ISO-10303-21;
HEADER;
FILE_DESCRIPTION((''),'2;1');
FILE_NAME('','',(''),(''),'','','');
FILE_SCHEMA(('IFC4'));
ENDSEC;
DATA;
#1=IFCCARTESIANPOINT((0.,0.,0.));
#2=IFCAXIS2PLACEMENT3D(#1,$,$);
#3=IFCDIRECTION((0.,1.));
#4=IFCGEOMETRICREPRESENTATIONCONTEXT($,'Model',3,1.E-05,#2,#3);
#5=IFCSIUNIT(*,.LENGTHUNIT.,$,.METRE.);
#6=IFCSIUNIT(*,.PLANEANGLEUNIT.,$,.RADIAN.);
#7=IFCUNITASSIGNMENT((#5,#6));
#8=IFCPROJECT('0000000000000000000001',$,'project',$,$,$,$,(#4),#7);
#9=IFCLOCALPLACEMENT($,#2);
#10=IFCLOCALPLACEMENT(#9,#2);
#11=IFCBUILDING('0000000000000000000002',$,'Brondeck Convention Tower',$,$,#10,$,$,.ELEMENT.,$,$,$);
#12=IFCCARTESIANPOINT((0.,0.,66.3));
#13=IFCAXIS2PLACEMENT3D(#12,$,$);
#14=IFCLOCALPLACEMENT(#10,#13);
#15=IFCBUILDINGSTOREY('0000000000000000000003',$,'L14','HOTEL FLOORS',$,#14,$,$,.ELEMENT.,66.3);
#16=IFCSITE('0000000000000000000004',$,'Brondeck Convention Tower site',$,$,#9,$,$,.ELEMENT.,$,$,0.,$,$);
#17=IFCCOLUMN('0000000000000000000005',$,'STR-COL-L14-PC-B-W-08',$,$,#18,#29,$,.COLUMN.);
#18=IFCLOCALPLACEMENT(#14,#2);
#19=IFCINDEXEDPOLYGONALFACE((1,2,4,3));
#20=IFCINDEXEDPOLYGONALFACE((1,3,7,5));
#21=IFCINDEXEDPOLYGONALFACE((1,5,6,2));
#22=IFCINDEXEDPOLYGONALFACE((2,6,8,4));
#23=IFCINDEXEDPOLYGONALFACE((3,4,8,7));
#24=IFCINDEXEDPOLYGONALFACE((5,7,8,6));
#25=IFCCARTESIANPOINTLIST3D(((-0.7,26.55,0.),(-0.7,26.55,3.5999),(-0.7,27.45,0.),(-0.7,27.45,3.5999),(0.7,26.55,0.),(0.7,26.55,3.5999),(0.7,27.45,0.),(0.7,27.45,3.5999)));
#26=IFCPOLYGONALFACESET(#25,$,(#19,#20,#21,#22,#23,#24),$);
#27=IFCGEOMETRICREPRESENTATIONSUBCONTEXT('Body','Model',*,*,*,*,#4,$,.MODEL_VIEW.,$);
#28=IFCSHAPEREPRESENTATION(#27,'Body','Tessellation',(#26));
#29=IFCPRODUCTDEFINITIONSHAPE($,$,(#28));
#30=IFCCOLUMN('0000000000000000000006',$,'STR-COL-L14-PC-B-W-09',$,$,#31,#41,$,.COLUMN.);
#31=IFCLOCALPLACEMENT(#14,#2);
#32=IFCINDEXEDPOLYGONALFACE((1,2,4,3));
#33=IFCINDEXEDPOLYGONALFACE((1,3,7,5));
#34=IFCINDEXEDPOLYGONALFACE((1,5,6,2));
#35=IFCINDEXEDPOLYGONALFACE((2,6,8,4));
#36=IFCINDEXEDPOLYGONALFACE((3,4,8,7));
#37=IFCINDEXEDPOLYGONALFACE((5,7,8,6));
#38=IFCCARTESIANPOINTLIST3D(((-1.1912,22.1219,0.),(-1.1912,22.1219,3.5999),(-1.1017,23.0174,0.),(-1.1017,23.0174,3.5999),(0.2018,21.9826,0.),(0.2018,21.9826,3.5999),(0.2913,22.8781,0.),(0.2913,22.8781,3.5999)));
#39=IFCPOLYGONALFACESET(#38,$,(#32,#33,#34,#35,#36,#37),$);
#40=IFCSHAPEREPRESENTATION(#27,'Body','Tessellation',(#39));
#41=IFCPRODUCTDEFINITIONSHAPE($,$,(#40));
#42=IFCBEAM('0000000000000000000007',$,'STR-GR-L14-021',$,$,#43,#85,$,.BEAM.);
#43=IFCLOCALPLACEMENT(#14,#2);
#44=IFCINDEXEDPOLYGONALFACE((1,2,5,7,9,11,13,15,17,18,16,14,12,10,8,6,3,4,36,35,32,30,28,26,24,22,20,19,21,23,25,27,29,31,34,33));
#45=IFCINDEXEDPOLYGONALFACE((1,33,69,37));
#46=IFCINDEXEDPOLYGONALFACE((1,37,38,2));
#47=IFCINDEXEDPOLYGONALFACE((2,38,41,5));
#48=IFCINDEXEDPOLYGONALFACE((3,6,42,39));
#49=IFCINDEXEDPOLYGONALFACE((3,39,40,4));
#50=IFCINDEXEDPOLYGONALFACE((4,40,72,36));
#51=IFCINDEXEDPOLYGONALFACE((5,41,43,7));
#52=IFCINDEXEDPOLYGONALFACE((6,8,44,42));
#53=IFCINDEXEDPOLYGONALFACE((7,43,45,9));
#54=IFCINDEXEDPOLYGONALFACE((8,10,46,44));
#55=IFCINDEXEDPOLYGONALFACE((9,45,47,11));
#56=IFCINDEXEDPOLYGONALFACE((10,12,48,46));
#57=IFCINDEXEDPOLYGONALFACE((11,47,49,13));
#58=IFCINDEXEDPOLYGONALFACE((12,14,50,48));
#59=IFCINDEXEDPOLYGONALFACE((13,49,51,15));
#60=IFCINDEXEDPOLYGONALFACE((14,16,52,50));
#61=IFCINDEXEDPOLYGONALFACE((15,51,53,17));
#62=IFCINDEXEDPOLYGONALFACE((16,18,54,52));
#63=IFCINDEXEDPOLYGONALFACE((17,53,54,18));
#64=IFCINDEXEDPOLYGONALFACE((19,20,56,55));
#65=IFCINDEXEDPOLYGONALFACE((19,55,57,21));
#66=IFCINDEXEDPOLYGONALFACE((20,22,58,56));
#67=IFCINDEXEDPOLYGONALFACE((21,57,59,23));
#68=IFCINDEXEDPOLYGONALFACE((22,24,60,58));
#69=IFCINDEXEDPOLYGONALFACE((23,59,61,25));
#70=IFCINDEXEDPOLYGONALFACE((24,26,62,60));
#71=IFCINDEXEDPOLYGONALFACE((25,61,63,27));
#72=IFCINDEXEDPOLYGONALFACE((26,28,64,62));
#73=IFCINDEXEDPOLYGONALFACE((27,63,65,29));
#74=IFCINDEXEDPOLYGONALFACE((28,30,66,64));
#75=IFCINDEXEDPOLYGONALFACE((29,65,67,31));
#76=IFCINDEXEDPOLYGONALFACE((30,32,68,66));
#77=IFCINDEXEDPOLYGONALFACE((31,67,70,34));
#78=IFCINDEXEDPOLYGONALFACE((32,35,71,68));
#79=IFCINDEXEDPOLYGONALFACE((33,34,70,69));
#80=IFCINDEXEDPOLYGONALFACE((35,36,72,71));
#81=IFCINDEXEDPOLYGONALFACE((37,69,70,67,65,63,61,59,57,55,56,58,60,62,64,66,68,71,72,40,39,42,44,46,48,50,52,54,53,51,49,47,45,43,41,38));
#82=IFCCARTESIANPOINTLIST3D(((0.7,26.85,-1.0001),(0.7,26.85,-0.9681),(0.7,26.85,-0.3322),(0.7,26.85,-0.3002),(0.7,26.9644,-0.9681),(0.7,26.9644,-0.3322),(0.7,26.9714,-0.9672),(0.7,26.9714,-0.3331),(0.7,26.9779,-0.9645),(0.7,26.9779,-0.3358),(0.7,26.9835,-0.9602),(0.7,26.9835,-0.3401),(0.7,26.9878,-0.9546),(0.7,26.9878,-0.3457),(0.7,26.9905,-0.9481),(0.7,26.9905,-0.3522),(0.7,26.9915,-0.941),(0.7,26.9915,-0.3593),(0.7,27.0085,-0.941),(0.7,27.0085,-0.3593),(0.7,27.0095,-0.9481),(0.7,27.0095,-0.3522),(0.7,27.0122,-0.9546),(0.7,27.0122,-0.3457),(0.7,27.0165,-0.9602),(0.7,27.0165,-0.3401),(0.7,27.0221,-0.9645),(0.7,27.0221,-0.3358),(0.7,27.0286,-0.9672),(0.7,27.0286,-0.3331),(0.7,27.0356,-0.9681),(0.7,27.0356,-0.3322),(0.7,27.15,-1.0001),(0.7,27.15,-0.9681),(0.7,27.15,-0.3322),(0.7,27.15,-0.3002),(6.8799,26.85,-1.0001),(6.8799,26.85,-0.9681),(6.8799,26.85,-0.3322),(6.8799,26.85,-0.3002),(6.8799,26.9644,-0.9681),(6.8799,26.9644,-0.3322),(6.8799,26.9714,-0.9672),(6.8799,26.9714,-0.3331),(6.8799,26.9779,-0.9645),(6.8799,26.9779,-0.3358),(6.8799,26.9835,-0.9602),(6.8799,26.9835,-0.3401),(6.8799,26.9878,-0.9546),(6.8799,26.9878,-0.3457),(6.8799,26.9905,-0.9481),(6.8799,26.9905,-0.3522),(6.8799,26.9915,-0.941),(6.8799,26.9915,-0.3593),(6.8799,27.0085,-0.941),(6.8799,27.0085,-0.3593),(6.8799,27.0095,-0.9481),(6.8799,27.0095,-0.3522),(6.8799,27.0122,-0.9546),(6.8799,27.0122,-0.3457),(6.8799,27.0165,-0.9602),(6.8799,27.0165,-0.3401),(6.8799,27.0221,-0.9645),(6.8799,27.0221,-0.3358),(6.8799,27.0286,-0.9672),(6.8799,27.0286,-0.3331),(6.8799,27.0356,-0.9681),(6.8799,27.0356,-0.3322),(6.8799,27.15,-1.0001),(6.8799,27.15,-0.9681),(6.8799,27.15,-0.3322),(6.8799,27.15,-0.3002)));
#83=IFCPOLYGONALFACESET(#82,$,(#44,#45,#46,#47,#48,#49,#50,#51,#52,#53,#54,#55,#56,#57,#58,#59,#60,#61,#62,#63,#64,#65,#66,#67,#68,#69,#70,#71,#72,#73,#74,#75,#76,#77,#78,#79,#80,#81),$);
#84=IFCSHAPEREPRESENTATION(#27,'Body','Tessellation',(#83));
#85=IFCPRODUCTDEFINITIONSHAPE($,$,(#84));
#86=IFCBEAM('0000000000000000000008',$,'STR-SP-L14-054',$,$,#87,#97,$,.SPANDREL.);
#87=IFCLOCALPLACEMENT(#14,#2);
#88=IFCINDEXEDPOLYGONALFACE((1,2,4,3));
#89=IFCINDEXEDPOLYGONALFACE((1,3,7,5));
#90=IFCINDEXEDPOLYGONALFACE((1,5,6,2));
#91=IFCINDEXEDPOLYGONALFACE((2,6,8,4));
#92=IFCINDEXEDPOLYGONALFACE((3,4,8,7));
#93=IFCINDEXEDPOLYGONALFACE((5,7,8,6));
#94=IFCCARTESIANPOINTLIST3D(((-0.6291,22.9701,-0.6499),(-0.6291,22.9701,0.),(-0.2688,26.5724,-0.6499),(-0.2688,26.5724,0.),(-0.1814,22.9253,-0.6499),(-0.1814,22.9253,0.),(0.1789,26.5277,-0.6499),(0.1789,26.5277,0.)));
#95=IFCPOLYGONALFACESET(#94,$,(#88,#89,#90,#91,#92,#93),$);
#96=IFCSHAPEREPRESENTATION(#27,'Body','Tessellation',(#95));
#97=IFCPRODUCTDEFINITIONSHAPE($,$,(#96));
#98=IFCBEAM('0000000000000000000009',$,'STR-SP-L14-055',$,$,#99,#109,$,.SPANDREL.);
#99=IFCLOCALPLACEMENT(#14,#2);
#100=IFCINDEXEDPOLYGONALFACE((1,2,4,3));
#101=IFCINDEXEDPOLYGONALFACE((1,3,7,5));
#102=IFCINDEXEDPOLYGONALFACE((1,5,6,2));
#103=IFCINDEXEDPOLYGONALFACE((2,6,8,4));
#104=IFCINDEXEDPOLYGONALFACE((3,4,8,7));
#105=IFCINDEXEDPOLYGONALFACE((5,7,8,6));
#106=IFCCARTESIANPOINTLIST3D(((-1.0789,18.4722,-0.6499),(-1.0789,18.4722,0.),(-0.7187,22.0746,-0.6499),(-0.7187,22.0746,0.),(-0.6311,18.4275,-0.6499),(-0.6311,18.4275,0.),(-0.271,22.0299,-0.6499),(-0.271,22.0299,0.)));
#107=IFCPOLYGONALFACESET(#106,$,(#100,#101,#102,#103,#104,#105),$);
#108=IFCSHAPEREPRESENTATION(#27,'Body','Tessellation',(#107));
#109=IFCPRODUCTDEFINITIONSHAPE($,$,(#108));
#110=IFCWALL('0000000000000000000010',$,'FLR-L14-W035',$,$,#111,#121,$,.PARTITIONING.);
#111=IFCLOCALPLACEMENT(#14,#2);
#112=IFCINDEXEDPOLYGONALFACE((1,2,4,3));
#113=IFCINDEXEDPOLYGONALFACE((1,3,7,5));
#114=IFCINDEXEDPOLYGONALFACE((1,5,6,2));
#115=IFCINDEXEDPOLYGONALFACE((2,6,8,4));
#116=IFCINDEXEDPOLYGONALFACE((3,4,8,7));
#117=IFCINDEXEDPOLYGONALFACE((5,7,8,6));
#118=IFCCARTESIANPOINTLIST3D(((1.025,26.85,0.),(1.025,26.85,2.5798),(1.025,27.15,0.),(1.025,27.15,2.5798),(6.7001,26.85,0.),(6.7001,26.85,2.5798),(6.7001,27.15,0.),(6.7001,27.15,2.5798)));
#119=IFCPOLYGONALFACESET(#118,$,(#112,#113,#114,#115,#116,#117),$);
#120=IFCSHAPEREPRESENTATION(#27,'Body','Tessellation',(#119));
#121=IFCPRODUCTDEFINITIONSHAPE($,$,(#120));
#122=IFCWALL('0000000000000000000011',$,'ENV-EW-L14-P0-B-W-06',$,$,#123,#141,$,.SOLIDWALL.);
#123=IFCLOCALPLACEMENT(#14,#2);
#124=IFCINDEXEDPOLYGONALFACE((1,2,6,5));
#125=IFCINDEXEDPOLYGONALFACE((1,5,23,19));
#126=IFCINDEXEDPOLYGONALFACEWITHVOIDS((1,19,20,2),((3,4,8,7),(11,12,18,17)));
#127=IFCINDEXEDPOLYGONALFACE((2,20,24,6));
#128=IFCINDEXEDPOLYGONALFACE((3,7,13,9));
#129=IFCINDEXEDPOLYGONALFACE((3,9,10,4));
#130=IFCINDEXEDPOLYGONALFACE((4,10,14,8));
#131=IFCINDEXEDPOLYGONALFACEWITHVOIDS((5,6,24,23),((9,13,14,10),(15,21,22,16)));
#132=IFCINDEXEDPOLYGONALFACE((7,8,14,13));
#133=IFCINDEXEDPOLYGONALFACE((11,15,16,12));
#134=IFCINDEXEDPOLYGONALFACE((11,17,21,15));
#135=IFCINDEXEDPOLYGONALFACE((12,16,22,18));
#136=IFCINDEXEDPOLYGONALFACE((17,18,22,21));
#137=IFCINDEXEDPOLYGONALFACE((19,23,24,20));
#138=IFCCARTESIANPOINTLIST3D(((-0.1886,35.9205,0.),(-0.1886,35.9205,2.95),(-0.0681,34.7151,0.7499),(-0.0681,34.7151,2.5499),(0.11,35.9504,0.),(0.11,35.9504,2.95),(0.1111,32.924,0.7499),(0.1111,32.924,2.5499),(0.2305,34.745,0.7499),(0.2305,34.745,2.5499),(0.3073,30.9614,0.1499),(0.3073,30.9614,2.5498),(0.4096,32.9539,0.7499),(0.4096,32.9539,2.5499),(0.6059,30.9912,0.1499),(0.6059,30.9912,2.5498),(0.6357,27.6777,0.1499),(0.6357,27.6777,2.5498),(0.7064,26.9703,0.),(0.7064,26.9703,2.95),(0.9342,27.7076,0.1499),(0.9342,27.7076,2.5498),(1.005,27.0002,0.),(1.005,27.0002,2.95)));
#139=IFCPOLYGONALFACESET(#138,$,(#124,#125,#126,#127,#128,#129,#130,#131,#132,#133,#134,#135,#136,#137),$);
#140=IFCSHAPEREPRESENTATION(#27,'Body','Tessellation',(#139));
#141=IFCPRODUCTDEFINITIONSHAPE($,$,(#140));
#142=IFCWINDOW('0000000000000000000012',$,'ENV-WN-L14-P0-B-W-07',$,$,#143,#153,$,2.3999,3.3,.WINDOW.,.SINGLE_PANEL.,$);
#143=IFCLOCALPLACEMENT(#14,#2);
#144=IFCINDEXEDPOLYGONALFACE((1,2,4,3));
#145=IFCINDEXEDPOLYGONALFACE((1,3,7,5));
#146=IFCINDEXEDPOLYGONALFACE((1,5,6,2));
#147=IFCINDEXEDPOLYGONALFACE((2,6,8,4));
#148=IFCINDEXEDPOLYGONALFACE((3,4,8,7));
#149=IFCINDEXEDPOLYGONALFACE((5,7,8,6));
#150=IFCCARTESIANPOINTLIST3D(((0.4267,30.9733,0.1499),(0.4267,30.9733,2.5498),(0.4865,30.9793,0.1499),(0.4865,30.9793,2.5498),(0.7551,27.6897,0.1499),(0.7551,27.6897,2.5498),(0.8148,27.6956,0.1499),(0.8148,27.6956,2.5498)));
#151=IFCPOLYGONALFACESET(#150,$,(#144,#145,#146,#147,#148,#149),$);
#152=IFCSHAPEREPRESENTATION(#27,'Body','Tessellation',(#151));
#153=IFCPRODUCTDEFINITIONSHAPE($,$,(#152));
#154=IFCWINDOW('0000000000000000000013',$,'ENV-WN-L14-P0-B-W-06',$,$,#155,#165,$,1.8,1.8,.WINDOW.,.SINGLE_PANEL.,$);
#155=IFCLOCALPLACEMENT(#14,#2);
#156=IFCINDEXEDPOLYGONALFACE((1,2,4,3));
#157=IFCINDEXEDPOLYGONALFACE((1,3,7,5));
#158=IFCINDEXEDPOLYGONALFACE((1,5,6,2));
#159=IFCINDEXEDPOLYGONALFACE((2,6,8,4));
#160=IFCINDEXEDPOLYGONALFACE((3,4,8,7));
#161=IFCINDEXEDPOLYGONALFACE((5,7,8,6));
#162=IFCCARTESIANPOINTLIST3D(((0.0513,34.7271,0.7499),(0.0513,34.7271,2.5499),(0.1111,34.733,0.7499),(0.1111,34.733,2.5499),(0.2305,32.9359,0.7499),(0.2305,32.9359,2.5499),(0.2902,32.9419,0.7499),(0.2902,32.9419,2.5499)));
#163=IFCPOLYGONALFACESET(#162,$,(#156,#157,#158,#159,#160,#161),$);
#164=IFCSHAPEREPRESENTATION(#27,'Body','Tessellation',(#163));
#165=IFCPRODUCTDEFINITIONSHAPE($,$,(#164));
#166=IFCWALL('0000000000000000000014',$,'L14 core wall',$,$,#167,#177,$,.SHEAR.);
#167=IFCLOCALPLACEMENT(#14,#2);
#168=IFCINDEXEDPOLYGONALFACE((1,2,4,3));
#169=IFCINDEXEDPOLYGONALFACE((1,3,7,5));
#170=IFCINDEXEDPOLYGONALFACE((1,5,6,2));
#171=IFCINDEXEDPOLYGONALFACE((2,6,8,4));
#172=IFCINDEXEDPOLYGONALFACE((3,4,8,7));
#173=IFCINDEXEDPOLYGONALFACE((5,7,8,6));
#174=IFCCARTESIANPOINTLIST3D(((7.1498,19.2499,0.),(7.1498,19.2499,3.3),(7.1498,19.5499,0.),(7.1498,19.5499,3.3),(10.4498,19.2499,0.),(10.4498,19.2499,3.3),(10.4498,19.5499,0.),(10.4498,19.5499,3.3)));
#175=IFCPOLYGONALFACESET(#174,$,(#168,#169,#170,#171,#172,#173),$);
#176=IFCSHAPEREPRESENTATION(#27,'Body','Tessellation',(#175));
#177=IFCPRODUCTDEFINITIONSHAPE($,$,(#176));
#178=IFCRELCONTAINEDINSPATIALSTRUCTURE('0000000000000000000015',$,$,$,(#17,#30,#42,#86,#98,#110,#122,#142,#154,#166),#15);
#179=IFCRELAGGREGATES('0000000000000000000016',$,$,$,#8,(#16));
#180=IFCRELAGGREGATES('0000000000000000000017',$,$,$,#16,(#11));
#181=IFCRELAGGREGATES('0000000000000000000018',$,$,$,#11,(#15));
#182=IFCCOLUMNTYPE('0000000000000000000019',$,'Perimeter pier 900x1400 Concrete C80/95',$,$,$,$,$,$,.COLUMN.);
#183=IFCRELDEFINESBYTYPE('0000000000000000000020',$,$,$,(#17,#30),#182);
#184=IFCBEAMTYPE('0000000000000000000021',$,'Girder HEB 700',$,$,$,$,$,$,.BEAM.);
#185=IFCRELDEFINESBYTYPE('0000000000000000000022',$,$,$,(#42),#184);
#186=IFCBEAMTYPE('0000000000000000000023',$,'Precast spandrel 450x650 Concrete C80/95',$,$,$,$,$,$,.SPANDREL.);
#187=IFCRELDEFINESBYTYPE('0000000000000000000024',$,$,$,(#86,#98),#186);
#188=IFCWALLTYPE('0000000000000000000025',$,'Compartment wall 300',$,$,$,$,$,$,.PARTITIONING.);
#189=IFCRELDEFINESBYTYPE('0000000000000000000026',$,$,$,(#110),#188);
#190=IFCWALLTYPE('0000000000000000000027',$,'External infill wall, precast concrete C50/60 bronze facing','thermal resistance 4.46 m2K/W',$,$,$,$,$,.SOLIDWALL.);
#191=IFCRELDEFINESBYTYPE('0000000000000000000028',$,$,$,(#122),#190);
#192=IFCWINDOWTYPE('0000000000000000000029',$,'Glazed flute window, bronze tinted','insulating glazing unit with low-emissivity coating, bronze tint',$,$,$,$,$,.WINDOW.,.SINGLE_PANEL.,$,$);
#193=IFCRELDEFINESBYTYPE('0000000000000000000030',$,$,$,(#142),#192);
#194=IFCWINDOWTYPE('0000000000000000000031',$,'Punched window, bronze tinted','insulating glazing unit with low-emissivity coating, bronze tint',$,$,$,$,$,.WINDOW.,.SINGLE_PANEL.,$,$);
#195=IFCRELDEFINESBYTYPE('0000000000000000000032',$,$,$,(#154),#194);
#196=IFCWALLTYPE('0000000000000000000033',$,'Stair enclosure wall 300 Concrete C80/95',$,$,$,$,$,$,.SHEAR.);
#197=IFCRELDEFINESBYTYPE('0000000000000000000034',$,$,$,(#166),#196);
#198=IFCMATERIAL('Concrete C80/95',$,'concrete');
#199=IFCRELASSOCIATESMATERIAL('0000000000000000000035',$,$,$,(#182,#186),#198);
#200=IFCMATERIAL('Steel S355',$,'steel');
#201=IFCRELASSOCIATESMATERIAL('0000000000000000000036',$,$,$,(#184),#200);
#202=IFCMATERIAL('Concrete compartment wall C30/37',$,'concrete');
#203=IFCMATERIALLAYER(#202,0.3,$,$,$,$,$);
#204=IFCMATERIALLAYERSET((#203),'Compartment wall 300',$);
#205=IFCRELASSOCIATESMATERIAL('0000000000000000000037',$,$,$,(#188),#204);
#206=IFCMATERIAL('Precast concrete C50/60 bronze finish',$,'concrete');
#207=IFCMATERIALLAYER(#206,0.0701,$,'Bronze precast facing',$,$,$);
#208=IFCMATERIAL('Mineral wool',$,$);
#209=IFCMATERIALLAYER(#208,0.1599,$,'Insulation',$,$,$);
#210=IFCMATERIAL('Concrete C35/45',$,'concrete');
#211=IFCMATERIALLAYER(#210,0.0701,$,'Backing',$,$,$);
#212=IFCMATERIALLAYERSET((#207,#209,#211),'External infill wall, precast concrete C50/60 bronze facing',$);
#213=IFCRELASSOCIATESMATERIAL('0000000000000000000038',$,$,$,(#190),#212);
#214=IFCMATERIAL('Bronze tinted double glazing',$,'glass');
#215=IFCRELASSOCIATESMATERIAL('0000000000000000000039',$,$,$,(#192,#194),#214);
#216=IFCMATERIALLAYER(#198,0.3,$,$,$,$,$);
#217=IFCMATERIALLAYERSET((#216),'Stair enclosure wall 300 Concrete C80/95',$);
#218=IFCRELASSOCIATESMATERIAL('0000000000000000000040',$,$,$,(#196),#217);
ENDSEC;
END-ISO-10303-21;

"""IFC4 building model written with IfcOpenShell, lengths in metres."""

from ifc_helpers import new_model, si_unit, direction, frame, frame_2d, origin, origin_2d, place, context, subcontext, project, spatial, rectangle, i_section, extrude, material, layer, layer_set, material_profile, profile_set, type_object, element, fill, save


model = new_model("IFC4")

# Units and contexts
model_context = context("Model", 3, precision=1e-05, world=origin(), true_north=direction((0.0, 1.0)))
body_context = subcontext(model_context, "Body", "Model", "MODEL_VIEW")
ifc_project = project(units=[si_unit("LENGTHUNIT", "METRE"), si_unit("PLANEANGLEUNIT", "RADIAN")], contexts=[model_context])

# Site, building, storey
site_placement = place(None, origin())
site = spatial("IfcSite", under=ifc_project, at=site_placement, Name="Brondeck Convention Tower site", CompositionType="ELEMENT", RefElevation=0.0)
building_placement = place(site_placement, origin())
building = spatial("IfcBuilding", under=site, at=building_placement, Name="Brondeck Convention Tower", CompositionType="ELEMENT")
storey_placement = place(building_placement, frame((0.0, 0.0, 66.3)))
storey = spatial("IfcBuildingStorey", under=building, at=storey_placement, Name="L14", Description="HOTEL FLOORS", CompositionType="ELEMENT", Elevation=66.3)

# Columns
ifc_material_1 = material(Name="Concrete C80/95", Category="concrete")
ifc_material_profile_1 = material_profile(ifc_material_1, rectangle(XDim=0.8999, YDim=1.3999, at=origin_2d()), Name="Perimeter pier 900x1400 Concrete C80/95")
ifc_profile_set_1 = profile_set([ifc_material_profile_1], Name="Concrete C80/95")
column_type = type_object("IfcColumnType", Name="Perimeter pier 900x1400 Concrete C80/95", PredefinedType="COLUMN", material=ifc_profile_set_1)
for number, where, z_axis, x_axis, name in (
    (1, (0.0, 27.0, 0.0), (0.0, 0.0, 1.0), (0.0, -1.0, 0.0), "STR-COL-L14-PC-B-W-08"),
    (2, (-0.45, 22.5, 0.0), (0.0, 0.0, 1.0), (-0.099504, -0.995037, 0.0), "STR-COL-L14-PC-B-W-09"),
):
    element("IfcColumn", number, at=place(storey_placement, frame(where, z_axis=z_axis, x_axis=x_axis)), inside=storey, type_object=column_type, Name=name, PredefinedType="COLUMN", context=body_context, shape_type="SweptSolid", body=[
        extrude(rectangle(XDim=0.8999, YDim=1.3999, at=origin_2d()), origin(), (0.0, 0.0, 1.0), 3.5999),
    ])

# Beams
ifc_material_2 = material(Name="Steel S355", Category="steel")
ifc_material_profile_2 = material_profile(ifc_material_2, i_section(OverallWidth=0.3, OverallDepth=0.7, WebThickness=0.0171, FlangeThickness=0.032, FilletRadius=0.0271, at=origin_2d()), Name="HEB 700")
ifc_profile_set_2 = profile_set([ifc_material_profile_2], Name="Steel S355")
beam_type_1 = type_object("IfcBeamType", Name="Girder HEB 700", PredefinedType="BEAM", material=ifc_profile_set_2)
beam_placement = place(storey_placement, frame((0.7, 27.0, -0.6501), z_axis=(1.0, 0.0, 0.0), x_axis=(0.0, 1.0, 0.0)))
element("IfcBeam", 3, at=beam_placement, inside=storey, type_object=beam_type_1, Name="STR-GR-L14-021", PredefinedType="BEAM", context=body_context, shape_type="SweptSolid", body=[
    extrude(i_section(OverallWidth=0.3, OverallDepth=0.7, WebThickness=0.0171, FlangeThickness=0.032, FilletRadius=0.0271, at=origin_2d()), origin(), (0.0, 0.0, 1.0), 6.1799),
])
ifc_material_profile_3 = material_profile(ifc_material_1, rectangle(XDim=0.45, YDim=0.6499, at=origin_2d()), Name="Precast spandrel 450x650 Concrete C80/95")
ifc_profile_set_3 = profile_set([ifc_material_profile_3], Name="Concrete C80/95")
beam_type_2 = type_object("IfcBeamType", Name="Precast spandrel 450x650 Concrete C80/95", PredefinedType="SPANDREL", material=ifc_profile_set_3)
for number, where, z_axis, x_axis, name in (
    (4, (-0.0449, 26.55, -0.325), (-0.099537, -0.995034, 0.0), (0.995034, -0.099537, 0.0), "STR-SP-L14-054"),
    (5, (-0.4949, 22.0522, -0.325), (-0.09947, -0.995041, 0.0), (0.995041, -0.09947, 0.0), "STR-SP-L14-055"),
):
    element("IfcBeam", number, at=place(storey_placement, frame(where, z_axis=z_axis, x_axis=x_axis)), inside=storey, type_object=beam_type_2, Name=name, PredefinedType="SPANDREL", context=body_context, shape_type="SweptSolid", body=[
        extrude(rectangle(XDim=0.45, YDim=0.6499, at=origin_2d()), origin(), (0.0, 0.0, 1.0), 3.6204),
    ])

# Wall
ifc_material_3 = material(Name="Concrete compartment wall C30/37", Category="concrete")
ifc_layer_1 = layer(ifc_material_3, 0.3)
ifc_layer_set_1 = layer_set([ifc_layer_1], Name="Compartment wall 300")
wall_type_1 = type_object("IfcWallType", Name="Compartment wall 300", PredefinedType="PARTITIONING", material=ifc_layer_set_1)
wall_1_placement = place(storey_placement, frame((6.7, 27.0, 0.0), z_axis=(0.0, 0.0, 1.0), x_axis=(-1.0, 0.0, 0.0)))
element("IfcWall", 6, at=wall_1_placement, inside=storey, type_object=wall_type_1, Name="FLR-L14-W035", PredefinedType="PARTITIONING", context=body_context, shape_type="SweptSolid", body=[
    extrude(rectangle(XDim=5.675, YDim=0.3, at=frame_2d((2.8374, 0.0))), origin(), (0.0, 0.0, 1.0), 2.5798),
])

# Wall, openings, windows
ifc_material_4 = material(Name="Precast concrete C50/60 bronze finish", Category="concrete")
ifc_layer_2 = layer(ifc_material_4, 0.0701, Name="Bronze precast facing")
ifc_material_5 = material(Name="Mineral wool")
ifc_layer_3 = layer(ifc_material_5, 0.1599, Name="Insulation")
ifc_material_6 = material(Name="Concrete C35/45", Category="concrete")
ifc_layer_4 = layer(ifc_material_6, 0.0701, Name="Backing")
ifc_layer_set_2 = layer_set([ifc_layer_2, ifc_layer_3, ifc_layer_4], Name="External infill wall, precast concrete C50/60 bronze facing")
wall_type_2 = type_object("IfcWallType", Name="External infill wall, precast concrete C50/60 bronze facing", Description="thermal resistance 4.46 m2K/W", PredefinedType="SOLIDWALL", material=ifc_layer_set_2)
wall_2_placement = place(storey_placement, frame((0.8557, 26.9851, 0.0), z_axis=(0.0, 0.0, 1.0), x_axis=(-0.099504, 0.995037, 0.0)))
wall_2 = element("IfcWall", 7, at=wall_2_placement, inside=storey, type_object=wall_type_2, Name="ENV-EW-L14-P0-B-W-06", PredefinedType="SOLIDWALL", context=body_context, shape_type="SweptSolid", body=[
    extrude(rectangle(XDim=8.9949, YDim=0.3, at=frame_2d((4.4976, 0.0))), origin(), (0.0, 0.0, 1.0), 2.95),
])
opening_1_placement = place(wall_2_placement, frame((0.7112, 0.0, 0.1499)))
opening_1 = element("IfcOpeningElement", 8, at=opening_1_placement, cuts=wall_2, PredefinedType="OPENING", context=body_context, shape_type="SweptSolid", body=[
    extrude(rectangle(XDim=3.3, YDim=2.3999, at=frame_2d((1.6499, 1.2))), frame((0.0, 0.1599, 0.0), z_axis=(0.0, -1.0, 0.0), x_axis=(1.0, 0.0, 0.0)), (0.0, 0.0, 1.0), 0.3201),
])
opening_2_placement = place(wall_2_placement, frame((5.9836, 0.0, 0.75)))
opening_2 = element("IfcOpeningElement", 9, at=opening_2_placement, cuts=wall_2, PredefinedType="OPENING", context=body_context, shape_type="SweptSolid", body=[
    extrude(rectangle(XDim=1.8, YDim=1.8, at=frame_2d((0.8999, 0.8999))), frame((0.0, 0.1599, 0.0), z_axis=(0.0, -1.0, 0.0), x_axis=(1.0, 0.0, 0.0)), (0.0, 0.0, 1.0), 0.3201),
])
ifc_material_7 = material(Name="Bronze tinted double glazing", Category="glass")
window_type_1 = type_object("IfcWindowType", Name="Glazed flute window, bronze tinted", Description="insulating glazing unit with low-emissivity coating, bronze tint", PartitioningType="SINGLE_PANEL", PredefinedType="WINDOW", material=ifc_material_7)
window_1_placement = place(opening_1_placement, origin())
window_1 = element("IfcWindow", 10, at=window_1_placement, inside=storey, type_object=window_type_1, Name="ENV-WN-L14-P0-B-W-07", OverallHeight=2.3999, OverallWidth=3.3, PartitioningType="SINGLE_PANEL", PredefinedType="WINDOW", context=body_context, shape_type="SweptSolid", body=[
    extrude(rectangle(XDim=3.3, YDim=2.3999, at=frame_2d((1.6499, 1.2))), frame((0.0, 0.03, 0.0), z_axis=(0.0, -1.0, 0.0), x_axis=(1.0, 0.0, 0.0)), (0.0, 0.0, 1.0), 0.0601),
])
fill(opening_1, window_1)
window_type_2 = type_object("IfcWindowType", Name="Punched window, bronze tinted", Description="insulating glazing unit with low-emissivity coating, bronze tint", PartitioningType="SINGLE_PANEL", PredefinedType="WINDOW", material=ifc_material_7)
window_2_placement = place(opening_2_placement, origin())
window_2 = element("IfcWindow", 11, at=window_2_placement, inside=storey, type_object=window_type_2, Name="ENV-WN-L14-P0-B-W-06", OverallHeight=1.8, OverallWidth=1.8, PartitioningType="SINGLE_PANEL", PredefinedType="WINDOW", context=body_context, shape_type="SweptSolid", body=[
    extrude(rectangle(XDim=1.8, YDim=1.8, at=frame_2d((0.8999, 0.8999))), frame((0.0, 0.03, 0.0), z_axis=(0.0, -1.0, 0.0), x_axis=(1.0, 0.0, 0.0)), (0.0, 0.0, 1.0), 0.0601),
])
fill(opening_2, window_2)

# Wall
ifc_layer_5 = layer(ifc_material_1, 0.3)
ifc_layer_set_3 = layer_set([ifc_layer_5], Name="Stair enclosure wall 300 Concrete C80/95")
wall_type_3 = type_object("IfcWallType", Name="Stair enclosure wall 300 Concrete C80/95", PredefinedType="SHEAR", material=ifc_layer_set_3)
wall_3_placement = place(storey_placement, frame((7.1499, 19.3999, 0.0), z_axis=(0.0, 0.0, 1.0), x_axis=(1.0, 0.0, 0.0)))
element("IfcWall", 12, at=wall_3_placement, inside=storey, type_object=wall_type_3, Name="L14 core wall", PredefinedType="SHEAR", context=body_context, shape_type="SweptSolid", body=[
    extrude(rectangle(XDim=3.3, YDim=0.3, at=frame_2d((1.6499, 0.0))), origin(), (0.0, 0.0, 1.0), 3.3),
])

save(model, "model.ifc")
